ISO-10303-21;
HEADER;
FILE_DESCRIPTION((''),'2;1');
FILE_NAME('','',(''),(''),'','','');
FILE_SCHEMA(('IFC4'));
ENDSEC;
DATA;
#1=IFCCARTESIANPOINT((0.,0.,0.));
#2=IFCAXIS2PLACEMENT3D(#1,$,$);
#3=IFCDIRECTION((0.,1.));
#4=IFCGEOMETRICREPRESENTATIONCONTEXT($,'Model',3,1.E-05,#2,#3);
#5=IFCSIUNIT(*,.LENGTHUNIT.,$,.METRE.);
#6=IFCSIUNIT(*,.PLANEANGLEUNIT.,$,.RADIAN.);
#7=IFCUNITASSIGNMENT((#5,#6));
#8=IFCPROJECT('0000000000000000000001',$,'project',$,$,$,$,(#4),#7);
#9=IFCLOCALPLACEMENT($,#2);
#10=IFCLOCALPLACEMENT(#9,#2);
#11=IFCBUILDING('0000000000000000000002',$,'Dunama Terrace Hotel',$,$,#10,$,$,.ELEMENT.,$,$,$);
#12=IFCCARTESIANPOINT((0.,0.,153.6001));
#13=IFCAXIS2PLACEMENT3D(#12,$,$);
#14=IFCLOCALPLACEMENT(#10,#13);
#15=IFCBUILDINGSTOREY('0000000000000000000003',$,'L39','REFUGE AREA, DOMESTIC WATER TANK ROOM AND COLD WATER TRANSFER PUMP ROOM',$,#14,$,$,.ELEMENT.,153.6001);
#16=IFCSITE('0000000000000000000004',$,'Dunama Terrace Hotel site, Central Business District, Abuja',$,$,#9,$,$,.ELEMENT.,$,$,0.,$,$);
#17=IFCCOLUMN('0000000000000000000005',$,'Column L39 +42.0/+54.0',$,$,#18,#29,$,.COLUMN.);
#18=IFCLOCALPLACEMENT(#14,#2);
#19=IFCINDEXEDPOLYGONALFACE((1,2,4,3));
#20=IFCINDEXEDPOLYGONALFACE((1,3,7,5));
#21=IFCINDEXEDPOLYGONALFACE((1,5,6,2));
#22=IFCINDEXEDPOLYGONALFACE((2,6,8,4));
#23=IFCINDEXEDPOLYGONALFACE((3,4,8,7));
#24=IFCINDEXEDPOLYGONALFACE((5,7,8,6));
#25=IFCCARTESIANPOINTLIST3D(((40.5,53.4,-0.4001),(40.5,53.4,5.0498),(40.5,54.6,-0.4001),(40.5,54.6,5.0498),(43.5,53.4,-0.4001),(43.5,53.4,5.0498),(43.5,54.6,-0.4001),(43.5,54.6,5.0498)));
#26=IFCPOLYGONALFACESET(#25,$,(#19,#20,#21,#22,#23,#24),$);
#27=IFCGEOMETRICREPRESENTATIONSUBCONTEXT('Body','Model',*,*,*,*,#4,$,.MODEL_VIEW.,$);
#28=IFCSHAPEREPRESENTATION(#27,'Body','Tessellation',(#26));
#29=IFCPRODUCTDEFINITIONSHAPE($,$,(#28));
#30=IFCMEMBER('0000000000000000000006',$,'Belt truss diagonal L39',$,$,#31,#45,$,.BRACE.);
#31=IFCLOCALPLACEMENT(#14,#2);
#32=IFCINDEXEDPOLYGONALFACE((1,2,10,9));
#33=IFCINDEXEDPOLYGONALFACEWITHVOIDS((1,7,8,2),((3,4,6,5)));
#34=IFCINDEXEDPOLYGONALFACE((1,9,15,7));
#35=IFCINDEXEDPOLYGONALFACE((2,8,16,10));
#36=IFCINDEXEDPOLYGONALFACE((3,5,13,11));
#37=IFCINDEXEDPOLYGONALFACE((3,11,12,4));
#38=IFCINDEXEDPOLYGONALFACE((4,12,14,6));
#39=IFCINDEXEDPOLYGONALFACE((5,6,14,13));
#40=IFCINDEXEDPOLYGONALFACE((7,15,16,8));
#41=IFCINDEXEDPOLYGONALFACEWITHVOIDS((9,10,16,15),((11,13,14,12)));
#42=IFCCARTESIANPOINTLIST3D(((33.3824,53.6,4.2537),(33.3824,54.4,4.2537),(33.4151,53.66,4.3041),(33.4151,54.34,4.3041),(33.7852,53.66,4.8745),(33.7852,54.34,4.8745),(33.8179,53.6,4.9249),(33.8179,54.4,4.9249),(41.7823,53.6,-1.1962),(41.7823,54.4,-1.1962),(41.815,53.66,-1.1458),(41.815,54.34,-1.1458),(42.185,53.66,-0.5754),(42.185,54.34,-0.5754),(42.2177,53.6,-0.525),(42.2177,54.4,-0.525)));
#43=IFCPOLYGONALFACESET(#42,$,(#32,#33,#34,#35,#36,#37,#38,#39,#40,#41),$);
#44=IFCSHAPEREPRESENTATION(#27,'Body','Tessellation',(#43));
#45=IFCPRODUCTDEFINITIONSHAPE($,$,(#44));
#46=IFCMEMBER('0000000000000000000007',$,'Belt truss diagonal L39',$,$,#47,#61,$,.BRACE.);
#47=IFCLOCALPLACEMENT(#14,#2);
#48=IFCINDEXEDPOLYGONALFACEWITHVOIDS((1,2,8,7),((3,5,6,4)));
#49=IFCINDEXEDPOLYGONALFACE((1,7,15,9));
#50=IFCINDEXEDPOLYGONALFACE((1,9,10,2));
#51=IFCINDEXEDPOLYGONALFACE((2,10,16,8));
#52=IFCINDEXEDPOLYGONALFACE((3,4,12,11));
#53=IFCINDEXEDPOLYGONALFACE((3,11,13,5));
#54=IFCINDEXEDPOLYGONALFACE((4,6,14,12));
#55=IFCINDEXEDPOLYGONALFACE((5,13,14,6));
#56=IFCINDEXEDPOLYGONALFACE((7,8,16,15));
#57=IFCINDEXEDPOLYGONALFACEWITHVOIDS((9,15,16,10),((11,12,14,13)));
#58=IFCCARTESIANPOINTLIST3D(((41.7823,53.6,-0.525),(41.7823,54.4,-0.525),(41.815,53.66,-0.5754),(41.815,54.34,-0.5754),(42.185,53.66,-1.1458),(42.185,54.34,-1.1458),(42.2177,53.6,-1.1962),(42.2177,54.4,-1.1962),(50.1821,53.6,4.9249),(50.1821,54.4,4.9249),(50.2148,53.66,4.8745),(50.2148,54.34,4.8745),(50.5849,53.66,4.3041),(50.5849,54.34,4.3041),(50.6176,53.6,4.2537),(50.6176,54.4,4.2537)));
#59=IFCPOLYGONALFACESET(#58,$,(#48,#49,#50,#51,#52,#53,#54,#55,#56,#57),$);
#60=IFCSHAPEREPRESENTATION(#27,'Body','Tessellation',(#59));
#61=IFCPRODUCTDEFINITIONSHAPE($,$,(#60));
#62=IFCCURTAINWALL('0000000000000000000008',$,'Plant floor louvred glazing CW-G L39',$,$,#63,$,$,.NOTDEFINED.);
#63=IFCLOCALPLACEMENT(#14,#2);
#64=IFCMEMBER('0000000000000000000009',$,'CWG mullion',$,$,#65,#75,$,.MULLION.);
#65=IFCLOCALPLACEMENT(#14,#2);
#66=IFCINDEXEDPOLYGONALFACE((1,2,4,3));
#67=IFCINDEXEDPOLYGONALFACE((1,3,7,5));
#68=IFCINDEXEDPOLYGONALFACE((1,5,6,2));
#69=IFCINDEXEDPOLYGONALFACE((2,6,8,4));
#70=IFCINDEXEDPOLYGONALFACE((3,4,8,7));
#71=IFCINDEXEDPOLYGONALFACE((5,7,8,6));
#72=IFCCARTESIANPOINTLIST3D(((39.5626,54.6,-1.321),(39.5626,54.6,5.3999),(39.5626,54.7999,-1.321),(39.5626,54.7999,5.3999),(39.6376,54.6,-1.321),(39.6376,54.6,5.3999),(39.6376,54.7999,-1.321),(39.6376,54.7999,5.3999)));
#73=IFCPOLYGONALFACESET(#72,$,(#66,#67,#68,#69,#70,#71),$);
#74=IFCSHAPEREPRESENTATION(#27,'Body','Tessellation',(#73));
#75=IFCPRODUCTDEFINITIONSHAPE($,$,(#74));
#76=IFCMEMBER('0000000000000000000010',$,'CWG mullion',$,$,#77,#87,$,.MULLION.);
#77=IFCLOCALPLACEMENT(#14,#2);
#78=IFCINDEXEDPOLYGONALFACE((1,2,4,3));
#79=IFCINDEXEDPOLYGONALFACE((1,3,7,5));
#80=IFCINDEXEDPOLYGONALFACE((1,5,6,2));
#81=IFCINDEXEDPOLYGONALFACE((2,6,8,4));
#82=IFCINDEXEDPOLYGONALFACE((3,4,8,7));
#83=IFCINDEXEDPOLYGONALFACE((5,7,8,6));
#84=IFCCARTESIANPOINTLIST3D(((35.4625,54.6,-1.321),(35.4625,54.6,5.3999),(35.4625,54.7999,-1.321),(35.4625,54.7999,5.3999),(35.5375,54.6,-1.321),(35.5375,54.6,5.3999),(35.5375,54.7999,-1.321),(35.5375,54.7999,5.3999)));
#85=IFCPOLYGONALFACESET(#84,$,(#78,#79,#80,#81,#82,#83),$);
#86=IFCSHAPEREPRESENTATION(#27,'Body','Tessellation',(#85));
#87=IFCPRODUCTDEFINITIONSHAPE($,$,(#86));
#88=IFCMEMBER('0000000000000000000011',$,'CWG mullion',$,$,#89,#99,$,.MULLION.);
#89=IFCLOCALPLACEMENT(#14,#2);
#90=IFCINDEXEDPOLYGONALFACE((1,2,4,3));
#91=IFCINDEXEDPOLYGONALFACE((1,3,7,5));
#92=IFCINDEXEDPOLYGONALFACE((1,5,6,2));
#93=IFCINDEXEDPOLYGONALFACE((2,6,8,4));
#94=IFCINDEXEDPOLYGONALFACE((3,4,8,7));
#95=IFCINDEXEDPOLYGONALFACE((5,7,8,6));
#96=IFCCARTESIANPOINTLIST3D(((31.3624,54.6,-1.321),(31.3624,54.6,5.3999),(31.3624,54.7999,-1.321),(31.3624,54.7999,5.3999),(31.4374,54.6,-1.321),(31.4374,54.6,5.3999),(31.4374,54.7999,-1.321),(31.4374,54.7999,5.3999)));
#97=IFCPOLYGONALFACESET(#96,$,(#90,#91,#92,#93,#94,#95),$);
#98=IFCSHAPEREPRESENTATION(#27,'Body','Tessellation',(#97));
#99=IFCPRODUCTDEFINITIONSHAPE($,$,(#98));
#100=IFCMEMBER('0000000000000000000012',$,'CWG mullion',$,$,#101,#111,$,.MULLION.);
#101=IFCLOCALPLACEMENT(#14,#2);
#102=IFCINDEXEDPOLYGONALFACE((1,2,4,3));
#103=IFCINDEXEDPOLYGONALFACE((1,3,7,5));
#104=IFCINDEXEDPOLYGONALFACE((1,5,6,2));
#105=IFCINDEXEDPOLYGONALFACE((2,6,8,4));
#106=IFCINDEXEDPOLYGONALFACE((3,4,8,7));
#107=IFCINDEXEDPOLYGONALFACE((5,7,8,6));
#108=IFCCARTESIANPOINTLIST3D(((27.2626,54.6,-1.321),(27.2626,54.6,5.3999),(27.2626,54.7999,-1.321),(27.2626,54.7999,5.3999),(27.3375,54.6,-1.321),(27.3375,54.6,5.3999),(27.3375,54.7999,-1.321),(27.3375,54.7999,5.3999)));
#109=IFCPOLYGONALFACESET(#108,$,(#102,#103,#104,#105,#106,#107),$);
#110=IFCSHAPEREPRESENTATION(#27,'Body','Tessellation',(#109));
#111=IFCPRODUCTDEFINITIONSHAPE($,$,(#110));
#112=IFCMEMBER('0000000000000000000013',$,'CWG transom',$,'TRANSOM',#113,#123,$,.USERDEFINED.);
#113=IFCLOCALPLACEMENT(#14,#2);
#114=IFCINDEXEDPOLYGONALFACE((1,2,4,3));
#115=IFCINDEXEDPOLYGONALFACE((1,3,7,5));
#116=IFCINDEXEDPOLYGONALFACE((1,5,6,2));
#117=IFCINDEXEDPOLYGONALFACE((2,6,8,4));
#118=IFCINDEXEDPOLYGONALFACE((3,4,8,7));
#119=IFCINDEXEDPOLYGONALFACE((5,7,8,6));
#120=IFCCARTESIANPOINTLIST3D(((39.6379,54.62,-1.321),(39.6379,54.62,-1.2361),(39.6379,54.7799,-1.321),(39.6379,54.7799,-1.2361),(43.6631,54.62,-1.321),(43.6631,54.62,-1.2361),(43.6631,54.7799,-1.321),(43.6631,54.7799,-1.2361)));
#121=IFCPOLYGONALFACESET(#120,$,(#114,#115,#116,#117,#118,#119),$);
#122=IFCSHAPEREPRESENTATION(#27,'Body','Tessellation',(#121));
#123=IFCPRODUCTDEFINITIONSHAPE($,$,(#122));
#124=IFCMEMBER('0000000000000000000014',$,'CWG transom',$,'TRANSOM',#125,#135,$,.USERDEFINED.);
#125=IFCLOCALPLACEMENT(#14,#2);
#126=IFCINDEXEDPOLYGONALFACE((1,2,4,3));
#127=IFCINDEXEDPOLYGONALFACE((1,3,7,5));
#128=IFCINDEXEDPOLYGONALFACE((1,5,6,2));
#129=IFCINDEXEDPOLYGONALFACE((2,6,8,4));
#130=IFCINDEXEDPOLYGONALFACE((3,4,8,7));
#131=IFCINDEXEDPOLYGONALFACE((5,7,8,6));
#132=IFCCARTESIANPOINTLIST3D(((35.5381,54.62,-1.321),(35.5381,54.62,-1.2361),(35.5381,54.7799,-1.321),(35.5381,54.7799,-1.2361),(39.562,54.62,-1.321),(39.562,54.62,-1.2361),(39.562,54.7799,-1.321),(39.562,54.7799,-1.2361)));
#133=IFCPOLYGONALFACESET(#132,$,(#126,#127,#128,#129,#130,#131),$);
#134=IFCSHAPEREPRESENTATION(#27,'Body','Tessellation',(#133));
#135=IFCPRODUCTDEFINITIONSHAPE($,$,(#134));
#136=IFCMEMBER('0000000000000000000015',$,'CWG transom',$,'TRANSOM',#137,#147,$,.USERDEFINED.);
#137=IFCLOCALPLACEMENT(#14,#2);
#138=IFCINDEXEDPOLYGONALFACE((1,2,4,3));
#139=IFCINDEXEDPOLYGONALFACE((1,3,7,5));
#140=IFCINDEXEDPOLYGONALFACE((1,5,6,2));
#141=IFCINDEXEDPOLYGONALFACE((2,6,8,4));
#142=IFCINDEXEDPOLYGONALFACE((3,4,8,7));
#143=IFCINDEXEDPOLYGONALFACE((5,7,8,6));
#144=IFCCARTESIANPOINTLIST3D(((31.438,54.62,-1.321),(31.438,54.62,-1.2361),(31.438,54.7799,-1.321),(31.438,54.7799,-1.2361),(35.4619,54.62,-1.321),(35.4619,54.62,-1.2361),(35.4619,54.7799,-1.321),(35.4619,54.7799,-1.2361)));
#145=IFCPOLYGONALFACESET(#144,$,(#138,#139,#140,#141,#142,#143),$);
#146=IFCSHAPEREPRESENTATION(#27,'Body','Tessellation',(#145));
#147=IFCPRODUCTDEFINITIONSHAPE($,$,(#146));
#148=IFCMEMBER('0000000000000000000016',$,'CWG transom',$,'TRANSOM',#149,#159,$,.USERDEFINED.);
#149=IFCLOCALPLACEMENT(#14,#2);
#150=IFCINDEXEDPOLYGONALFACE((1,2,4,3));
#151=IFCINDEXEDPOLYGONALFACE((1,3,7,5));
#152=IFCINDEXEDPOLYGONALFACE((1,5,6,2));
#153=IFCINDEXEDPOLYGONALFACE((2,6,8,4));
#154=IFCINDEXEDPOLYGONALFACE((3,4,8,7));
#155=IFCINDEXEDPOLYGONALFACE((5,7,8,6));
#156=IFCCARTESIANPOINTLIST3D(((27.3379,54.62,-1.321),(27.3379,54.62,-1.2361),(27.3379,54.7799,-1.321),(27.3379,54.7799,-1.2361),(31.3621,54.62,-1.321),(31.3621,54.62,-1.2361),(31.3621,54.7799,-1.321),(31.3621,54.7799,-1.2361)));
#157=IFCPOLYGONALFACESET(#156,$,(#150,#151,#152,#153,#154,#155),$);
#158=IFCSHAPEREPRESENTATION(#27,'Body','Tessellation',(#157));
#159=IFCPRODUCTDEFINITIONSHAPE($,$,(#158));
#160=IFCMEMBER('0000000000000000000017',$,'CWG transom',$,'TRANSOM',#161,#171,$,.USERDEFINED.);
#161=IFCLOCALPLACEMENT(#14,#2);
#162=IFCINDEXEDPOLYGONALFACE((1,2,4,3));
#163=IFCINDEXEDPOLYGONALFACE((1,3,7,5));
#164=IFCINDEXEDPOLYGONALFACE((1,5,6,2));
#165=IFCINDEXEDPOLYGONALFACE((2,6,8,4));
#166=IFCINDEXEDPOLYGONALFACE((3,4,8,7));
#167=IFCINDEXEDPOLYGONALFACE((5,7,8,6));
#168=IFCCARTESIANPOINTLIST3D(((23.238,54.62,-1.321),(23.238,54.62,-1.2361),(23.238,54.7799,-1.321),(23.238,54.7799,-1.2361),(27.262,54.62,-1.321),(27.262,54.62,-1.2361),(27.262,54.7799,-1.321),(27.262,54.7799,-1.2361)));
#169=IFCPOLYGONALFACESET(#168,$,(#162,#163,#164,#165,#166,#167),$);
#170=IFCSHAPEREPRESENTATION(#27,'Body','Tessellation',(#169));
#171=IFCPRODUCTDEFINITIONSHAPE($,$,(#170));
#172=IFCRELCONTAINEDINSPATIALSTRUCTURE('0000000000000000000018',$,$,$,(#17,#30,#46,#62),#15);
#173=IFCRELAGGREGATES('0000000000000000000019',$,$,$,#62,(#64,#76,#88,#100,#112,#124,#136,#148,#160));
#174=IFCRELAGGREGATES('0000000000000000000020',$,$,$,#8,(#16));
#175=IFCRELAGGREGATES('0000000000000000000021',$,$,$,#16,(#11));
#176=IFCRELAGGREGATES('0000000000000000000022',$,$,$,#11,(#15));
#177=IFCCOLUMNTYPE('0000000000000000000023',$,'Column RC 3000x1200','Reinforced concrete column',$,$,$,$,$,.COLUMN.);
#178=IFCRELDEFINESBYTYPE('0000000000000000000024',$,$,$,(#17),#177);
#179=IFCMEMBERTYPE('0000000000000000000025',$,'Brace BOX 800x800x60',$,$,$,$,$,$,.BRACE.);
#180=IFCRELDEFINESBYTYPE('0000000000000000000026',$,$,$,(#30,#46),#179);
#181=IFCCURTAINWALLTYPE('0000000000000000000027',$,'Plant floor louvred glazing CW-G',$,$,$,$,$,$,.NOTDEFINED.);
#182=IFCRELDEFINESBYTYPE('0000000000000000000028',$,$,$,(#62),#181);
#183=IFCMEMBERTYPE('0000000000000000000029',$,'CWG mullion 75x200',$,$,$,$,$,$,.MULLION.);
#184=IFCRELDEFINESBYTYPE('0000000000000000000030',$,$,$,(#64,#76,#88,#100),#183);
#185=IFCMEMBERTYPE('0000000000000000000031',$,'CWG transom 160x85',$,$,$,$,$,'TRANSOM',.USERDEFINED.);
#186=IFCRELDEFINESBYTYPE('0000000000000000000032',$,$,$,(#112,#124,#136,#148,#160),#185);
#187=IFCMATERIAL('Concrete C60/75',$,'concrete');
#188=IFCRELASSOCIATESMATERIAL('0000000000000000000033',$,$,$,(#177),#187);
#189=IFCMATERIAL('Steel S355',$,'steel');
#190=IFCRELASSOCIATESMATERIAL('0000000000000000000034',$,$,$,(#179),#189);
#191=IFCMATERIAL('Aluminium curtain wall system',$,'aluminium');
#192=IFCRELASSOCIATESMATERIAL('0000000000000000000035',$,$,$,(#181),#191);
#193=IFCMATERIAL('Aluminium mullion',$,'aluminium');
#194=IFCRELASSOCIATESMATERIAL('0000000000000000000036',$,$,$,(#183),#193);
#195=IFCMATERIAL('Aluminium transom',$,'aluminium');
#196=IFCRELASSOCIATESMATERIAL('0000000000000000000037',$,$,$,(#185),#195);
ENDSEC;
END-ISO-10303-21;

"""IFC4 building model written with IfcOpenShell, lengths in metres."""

from ifc_helpers import new_model, si_unit, direction, frame, origin, origin_2d, place, context, subcontext, project, spatial, rectangle, hollow_rectangle, extrude, material, material_profile, profile_set, type_object, element, aggregate, save


model = new_model("IFC4")

# Units and contexts
model_context = context("Model", 3, precision=1e-05, world=origin(), true_north=direction((0.0, 1.0)))
body_context = subcontext(model_context, "Body", "Model", "MODEL_VIEW")
ifc_project = project(units=[si_unit("LENGTHUNIT", "METRE"), si_unit("PLANEANGLEUNIT", "RADIAN")], contexts=[model_context])

# Site, building, storey
site_placement = place(None, origin())
site = spatial("IfcSite", under=ifc_project, at=site_placement, Name="Dunama Terrace Hotel site, Central Business District, Abuja", CompositionType="ELEMENT", RefElevation=0.0)
building_placement = place(site_placement, origin())
building = spatial("IfcBuilding", under=site, at=building_placement, Name="Dunama Terrace Hotel", CompositionType="ELEMENT")
storey_placement = place(building_placement, frame((0.0, 0.0, 153.6001)))
storey = spatial("IfcBuildingStorey", under=building, at=storey_placement, Name="L39", Description="REFUGE AREA, DOMESTIC WATER TANK ROOM AND COLD WATER TRANSFER PUMP ROOM", CompositionType="ELEMENT", Elevation=153.6001)

# Column
ifc_material_1 = material(Name="Concrete C60/75", Category="concrete")
ifc_material_profile_1 = material_profile(ifc_material_1, rectangle(XDim=3.0, YDim=1.2, at=origin_2d()), Name="RC 3000x1200")
ifc_profile_set_1 = profile_set([ifc_material_profile_1], Name="Concrete C60/75")
column_type = type_object("IfcColumnType", Name="Column RC 3000x1200", Description="Reinforced concrete column", PredefinedType="COLUMN", material=ifc_profile_set_1)
column_placement = place(storey_placement, frame((42.0, 54.0, -0.4001), z_axis=(0.0, 0.0, 1.0), x_axis=(1.0, 0.0, 0.0)))
element("IfcColumn", 1, at=column_placement, inside=storey, type_object=column_type, Name="Column L39 +42.0/+54.0", PredefinedType="COLUMN", context=body_context, shape_type="SweptSolid", body=[
    extrude(rectangle(XDim=3.0, YDim=1.2, at=origin_2d()), origin(), (0.0, 0.0, 1.0), 5.45),
])

# Members
ifc_material_2 = material(Name="Steel S355", Category="steel")
ifc_material_profile_2 = material_profile(ifc_material_2, hollow_rectangle(XDim=0.8, YDim=0.8, WallThickness=0.0601, at=origin_2d()), Name="BOX 800x800x60")
ifc_profile_set_2 = profile_set([ifc_material_profile_2], Name="Steel S355")
member_type_1 = type_object("IfcMemberType", Name="Brace BOX 800x800x60", PredefinedType="BRACE", material=ifc_profile_set_2)
for number, where, z_axis, x_axis, name in (
    (2, (42.0, 54.0, -0.8606), (-0.838899, 0.0, 0.544287), (0.0, -1.0, 0.0), "Belt truss diagonal L39"),
    (3, (42.0, 54.0, -0.8606), (0.838899, 0.0, 0.544287), (0.0, 1.0, 0.0), "Belt truss diagonal L39"),
):
    element("IfcMember", number, at=place(storey_placement, frame(where, z_axis=z_axis, x_axis=x_axis)), inside=storey, type_object=member_type_1, Name=name, PredefinedType="BRACE", context=body_context, shape_type="SweptSolid", body=[
        extrude(hollow_rectangle(XDim=0.8, YDim=0.8, WallThickness=0.0601, at=origin_2d()), origin(), (0.0, 0.0, 1.0), 10.0129),
    ])

# Curtain wall, members
ifc_material_3 = material(Name="Aluminium curtain wall system", Category="aluminium")
curtain_wall_type = type_object("IfcCurtainWallType", Name="Plant floor louvred glazing CW-G", PredefinedType="NOTDEFINED", material=ifc_material_3)
curtain_wall_placement = place(storey_placement, origin())
curtain_wall = element("IfcCurtainWall", 4, at=curtain_wall_placement, inside=storey, type_object=curtain_wall_type, Name="Plant floor louvred glazing CW-G L39", PredefinedType="NOTDEFINED")
ifc_material_4 = material(Name="Aluminium mullion", Category="aluminium")
ifc_material_profile_3 = material_profile(ifc_material_4, rectangle(XDim=0.075, YDim=0.2, at=origin_2d()), Name="CWG MULLION 75X200")
ifc_profile_set_3 = profile_set([ifc_material_profile_3], Name="Aluminium mullion")
member_type_2 = type_object("IfcMemberType", Name="CWG mullion 75x200", PredefinedType="MULLION", material=ifc_profile_set_3)
member_1_placement = place(storey_placement, frame((39.6001, 54.7, -1.321), z_axis=(0.0, 0.0, 1.0), x_axis=(-1.0, 0.0, 0.0)))
member_1 = element("IfcMember", 5, at=member_1_placement, type_object=member_type_2, Name="CWG mullion", PredefinedType="MULLION", context=body_context, shape_type="SweptSolid", body=[
    extrude(rectangle(XDim=0.075, YDim=0.2, at=origin_2d()), origin(), (0.0, 0.0, 1.0), 6.7209),
])
member_2_placement = place(storey_placement, frame((35.5, 54.7, -1.321), z_axis=(0.0, 0.0, 1.0), x_axis=(-1.0, 0.0, 0.0)))
member_2 = element("IfcMember", 6, at=member_2_placement, type_object=member_type_2, Name="CWG mullion", PredefinedType="MULLION", context=body_context, shape_type="SweptSolid", body=[
    extrude(rectangle(XDim=0.075, YDim=0.2, at=origin_2d()), origin(), (0.0, 0.0, 1.0), 6.7209),
])
member_3_placement = place(storey_placement, frame((31.3999, 54.7, -1.321), z_axis=(0.0, 0.0, 1.0), x_axis=(-1.0, 0.0, 0.0)))
member_3 = element("IfcMember", 7, at=member_3_placement, type_object=member_type_2, Name="CWG mullion", PredefinedType="MULLION", context=body_context, shape_type="SweptSolid", body=[
    extrude(rectangle(XDim=0.075, YDim=0.2, at=origin_2d()), origin(), (0.0, 0.0, 1.0), 6.7209),
])
member_4_placement = place(storey_placement, frame((27.3, 54.7, -1.321), z_axis=(0.0, 0.0, 1.0), x_axis=(-1.0, 0.0, 0.0)))
member_4 = element("IfcMember", 8, at=member_4_placement, type_object=member_type_2, Name="CWG mullion", PredefinedType="MULLION", context=body_context, shape_type="SweptSolid", body=[
    extrude(rectangle(XDim=0.075, YDim=0.2, at=origin_2d()), origin(), (0.0, 0.0, 1.0), 6.7209),
])
ifc_material_5 = material(Name="Aluminium transom", Category="aluminium")
ifc_material_profile_4 = material_profile(ifc_material_5, rectangle(XDim=0.1599, YDim=0.085, at=origin_2d()), Name="CWG TRANSOM 160X85")
ifc_profile_set_4 = profile_set([ifc_material_profile_4], Name="Aluminium transom")
member_type_3 = type_object("IfcMemberType", Name="CWG transom 160x85", ElementType="TRANSOM", PredefinedType="USERDEFINED", material=ifc_profile_set_4)
member_5_placement = place(storey_placement, frame((43.6631, 54.7, -1.2786), z_axis=(-1.0, 0.0, 0.0), x_axis=(0.0, -1.0, 0.0)))
member_5 = element("IfcMember", 9, at=member_5_placement, type_object=member_type_3, Name="CWG transom", ObjectType="TRANSOM", PredefinedType="USERDEFINED", context=body_context, shape_type="SweptSolid", body=[
    extrude(rectangle(XDim=0.1599, YDim=0.085, at=origin_2d()), origin(), (0.0, 0.0, 1.0), 4.0251),
])
member_6_placement = place(storey_placement, frame((39.562, 54.7, -1.2786), z_axis=(-1.0, 0.0, 0.0), x_axis=(0.0, -1.0, 0.0)))
member_6 = element("IfcMember", 10, at=member_6_placement, type_object=member_type_3, Name="CWG transom", ObjectType="TRANSOM", PredefinedType="USERDEFINED", context=body_context, shape_type="SweptSolid", body=[
    extrude(rectangle(XDim=0.1599, YDim=0.085, at=origin_2d()), origin(), (0.0, 0.0, 1.0), 4.0239),
])
member_7_placement = place(storey_placement, frame((35.4619, 54.7, -1.2786), z_axis=(-1.0, 0.0, 0.0), x_axis=(0.0, -1.0, 0.0)))
member_7 = element("IfcMember", 11, at=member_7_placement, type_object=member_type_3, Name="CWG transom", ObjectType="TRANSOM", PredefinedType="USERDEFINED", context=body_context, shape_type="SweptSolid", body=[
    extrude(rectangle(XDim=0.1599, YDim=0.085, at=origin_2d()), origin(), (0.0, 0.0, 1.0), 4.0239),
])
member_8_placement = place(storey_placement, frame((31.3621, 54.7, -1.2786), z_axis=(-1.0, 0.0, 0.0), x_axis=(0.0, -1.0, 0.0)))
member_8 = element("IfcMember", 12, at=member_8_placement, type_object=member_type_3, Name="CWG transom", ObjectType="TRANSOM", PredefinedType="USERDEFINED", context=body_context, shape_type="SweptSolid", body=[
    extrude(rectangle(XDim=0.1599, YDim=0.085, at=origin_2d()), origin(), (0.0, 0.0, 1.0), 4.0242),
])
member_9_placement = place(storey_placement, frame((27.262, 54.7, -1.2786), z_axis=(-1.0, 0.0, 0.0), x_axis=(0.0, -1.0, 0.0)))
member_9 = element("IfcMember", 13, at=member_9_placement, type_object=member_type_3, Name="CWG transom", ObjectType="TRANSOM", PredefinedType="USERDEFINED", context=body_context, shape_type="SweptSolid", body=[
    extrude(rectangle(XDim=0.1599, YDim=0.085, at=origin_2d()), origin(), (0.0, 0.0, 1.0), 4.0239),
])

aggregate(curtain_wall, [member_1, member_2, member_3, member_4, member_5, member_6, member_7, member_8, member_9])

save(model, "model.ifc")
